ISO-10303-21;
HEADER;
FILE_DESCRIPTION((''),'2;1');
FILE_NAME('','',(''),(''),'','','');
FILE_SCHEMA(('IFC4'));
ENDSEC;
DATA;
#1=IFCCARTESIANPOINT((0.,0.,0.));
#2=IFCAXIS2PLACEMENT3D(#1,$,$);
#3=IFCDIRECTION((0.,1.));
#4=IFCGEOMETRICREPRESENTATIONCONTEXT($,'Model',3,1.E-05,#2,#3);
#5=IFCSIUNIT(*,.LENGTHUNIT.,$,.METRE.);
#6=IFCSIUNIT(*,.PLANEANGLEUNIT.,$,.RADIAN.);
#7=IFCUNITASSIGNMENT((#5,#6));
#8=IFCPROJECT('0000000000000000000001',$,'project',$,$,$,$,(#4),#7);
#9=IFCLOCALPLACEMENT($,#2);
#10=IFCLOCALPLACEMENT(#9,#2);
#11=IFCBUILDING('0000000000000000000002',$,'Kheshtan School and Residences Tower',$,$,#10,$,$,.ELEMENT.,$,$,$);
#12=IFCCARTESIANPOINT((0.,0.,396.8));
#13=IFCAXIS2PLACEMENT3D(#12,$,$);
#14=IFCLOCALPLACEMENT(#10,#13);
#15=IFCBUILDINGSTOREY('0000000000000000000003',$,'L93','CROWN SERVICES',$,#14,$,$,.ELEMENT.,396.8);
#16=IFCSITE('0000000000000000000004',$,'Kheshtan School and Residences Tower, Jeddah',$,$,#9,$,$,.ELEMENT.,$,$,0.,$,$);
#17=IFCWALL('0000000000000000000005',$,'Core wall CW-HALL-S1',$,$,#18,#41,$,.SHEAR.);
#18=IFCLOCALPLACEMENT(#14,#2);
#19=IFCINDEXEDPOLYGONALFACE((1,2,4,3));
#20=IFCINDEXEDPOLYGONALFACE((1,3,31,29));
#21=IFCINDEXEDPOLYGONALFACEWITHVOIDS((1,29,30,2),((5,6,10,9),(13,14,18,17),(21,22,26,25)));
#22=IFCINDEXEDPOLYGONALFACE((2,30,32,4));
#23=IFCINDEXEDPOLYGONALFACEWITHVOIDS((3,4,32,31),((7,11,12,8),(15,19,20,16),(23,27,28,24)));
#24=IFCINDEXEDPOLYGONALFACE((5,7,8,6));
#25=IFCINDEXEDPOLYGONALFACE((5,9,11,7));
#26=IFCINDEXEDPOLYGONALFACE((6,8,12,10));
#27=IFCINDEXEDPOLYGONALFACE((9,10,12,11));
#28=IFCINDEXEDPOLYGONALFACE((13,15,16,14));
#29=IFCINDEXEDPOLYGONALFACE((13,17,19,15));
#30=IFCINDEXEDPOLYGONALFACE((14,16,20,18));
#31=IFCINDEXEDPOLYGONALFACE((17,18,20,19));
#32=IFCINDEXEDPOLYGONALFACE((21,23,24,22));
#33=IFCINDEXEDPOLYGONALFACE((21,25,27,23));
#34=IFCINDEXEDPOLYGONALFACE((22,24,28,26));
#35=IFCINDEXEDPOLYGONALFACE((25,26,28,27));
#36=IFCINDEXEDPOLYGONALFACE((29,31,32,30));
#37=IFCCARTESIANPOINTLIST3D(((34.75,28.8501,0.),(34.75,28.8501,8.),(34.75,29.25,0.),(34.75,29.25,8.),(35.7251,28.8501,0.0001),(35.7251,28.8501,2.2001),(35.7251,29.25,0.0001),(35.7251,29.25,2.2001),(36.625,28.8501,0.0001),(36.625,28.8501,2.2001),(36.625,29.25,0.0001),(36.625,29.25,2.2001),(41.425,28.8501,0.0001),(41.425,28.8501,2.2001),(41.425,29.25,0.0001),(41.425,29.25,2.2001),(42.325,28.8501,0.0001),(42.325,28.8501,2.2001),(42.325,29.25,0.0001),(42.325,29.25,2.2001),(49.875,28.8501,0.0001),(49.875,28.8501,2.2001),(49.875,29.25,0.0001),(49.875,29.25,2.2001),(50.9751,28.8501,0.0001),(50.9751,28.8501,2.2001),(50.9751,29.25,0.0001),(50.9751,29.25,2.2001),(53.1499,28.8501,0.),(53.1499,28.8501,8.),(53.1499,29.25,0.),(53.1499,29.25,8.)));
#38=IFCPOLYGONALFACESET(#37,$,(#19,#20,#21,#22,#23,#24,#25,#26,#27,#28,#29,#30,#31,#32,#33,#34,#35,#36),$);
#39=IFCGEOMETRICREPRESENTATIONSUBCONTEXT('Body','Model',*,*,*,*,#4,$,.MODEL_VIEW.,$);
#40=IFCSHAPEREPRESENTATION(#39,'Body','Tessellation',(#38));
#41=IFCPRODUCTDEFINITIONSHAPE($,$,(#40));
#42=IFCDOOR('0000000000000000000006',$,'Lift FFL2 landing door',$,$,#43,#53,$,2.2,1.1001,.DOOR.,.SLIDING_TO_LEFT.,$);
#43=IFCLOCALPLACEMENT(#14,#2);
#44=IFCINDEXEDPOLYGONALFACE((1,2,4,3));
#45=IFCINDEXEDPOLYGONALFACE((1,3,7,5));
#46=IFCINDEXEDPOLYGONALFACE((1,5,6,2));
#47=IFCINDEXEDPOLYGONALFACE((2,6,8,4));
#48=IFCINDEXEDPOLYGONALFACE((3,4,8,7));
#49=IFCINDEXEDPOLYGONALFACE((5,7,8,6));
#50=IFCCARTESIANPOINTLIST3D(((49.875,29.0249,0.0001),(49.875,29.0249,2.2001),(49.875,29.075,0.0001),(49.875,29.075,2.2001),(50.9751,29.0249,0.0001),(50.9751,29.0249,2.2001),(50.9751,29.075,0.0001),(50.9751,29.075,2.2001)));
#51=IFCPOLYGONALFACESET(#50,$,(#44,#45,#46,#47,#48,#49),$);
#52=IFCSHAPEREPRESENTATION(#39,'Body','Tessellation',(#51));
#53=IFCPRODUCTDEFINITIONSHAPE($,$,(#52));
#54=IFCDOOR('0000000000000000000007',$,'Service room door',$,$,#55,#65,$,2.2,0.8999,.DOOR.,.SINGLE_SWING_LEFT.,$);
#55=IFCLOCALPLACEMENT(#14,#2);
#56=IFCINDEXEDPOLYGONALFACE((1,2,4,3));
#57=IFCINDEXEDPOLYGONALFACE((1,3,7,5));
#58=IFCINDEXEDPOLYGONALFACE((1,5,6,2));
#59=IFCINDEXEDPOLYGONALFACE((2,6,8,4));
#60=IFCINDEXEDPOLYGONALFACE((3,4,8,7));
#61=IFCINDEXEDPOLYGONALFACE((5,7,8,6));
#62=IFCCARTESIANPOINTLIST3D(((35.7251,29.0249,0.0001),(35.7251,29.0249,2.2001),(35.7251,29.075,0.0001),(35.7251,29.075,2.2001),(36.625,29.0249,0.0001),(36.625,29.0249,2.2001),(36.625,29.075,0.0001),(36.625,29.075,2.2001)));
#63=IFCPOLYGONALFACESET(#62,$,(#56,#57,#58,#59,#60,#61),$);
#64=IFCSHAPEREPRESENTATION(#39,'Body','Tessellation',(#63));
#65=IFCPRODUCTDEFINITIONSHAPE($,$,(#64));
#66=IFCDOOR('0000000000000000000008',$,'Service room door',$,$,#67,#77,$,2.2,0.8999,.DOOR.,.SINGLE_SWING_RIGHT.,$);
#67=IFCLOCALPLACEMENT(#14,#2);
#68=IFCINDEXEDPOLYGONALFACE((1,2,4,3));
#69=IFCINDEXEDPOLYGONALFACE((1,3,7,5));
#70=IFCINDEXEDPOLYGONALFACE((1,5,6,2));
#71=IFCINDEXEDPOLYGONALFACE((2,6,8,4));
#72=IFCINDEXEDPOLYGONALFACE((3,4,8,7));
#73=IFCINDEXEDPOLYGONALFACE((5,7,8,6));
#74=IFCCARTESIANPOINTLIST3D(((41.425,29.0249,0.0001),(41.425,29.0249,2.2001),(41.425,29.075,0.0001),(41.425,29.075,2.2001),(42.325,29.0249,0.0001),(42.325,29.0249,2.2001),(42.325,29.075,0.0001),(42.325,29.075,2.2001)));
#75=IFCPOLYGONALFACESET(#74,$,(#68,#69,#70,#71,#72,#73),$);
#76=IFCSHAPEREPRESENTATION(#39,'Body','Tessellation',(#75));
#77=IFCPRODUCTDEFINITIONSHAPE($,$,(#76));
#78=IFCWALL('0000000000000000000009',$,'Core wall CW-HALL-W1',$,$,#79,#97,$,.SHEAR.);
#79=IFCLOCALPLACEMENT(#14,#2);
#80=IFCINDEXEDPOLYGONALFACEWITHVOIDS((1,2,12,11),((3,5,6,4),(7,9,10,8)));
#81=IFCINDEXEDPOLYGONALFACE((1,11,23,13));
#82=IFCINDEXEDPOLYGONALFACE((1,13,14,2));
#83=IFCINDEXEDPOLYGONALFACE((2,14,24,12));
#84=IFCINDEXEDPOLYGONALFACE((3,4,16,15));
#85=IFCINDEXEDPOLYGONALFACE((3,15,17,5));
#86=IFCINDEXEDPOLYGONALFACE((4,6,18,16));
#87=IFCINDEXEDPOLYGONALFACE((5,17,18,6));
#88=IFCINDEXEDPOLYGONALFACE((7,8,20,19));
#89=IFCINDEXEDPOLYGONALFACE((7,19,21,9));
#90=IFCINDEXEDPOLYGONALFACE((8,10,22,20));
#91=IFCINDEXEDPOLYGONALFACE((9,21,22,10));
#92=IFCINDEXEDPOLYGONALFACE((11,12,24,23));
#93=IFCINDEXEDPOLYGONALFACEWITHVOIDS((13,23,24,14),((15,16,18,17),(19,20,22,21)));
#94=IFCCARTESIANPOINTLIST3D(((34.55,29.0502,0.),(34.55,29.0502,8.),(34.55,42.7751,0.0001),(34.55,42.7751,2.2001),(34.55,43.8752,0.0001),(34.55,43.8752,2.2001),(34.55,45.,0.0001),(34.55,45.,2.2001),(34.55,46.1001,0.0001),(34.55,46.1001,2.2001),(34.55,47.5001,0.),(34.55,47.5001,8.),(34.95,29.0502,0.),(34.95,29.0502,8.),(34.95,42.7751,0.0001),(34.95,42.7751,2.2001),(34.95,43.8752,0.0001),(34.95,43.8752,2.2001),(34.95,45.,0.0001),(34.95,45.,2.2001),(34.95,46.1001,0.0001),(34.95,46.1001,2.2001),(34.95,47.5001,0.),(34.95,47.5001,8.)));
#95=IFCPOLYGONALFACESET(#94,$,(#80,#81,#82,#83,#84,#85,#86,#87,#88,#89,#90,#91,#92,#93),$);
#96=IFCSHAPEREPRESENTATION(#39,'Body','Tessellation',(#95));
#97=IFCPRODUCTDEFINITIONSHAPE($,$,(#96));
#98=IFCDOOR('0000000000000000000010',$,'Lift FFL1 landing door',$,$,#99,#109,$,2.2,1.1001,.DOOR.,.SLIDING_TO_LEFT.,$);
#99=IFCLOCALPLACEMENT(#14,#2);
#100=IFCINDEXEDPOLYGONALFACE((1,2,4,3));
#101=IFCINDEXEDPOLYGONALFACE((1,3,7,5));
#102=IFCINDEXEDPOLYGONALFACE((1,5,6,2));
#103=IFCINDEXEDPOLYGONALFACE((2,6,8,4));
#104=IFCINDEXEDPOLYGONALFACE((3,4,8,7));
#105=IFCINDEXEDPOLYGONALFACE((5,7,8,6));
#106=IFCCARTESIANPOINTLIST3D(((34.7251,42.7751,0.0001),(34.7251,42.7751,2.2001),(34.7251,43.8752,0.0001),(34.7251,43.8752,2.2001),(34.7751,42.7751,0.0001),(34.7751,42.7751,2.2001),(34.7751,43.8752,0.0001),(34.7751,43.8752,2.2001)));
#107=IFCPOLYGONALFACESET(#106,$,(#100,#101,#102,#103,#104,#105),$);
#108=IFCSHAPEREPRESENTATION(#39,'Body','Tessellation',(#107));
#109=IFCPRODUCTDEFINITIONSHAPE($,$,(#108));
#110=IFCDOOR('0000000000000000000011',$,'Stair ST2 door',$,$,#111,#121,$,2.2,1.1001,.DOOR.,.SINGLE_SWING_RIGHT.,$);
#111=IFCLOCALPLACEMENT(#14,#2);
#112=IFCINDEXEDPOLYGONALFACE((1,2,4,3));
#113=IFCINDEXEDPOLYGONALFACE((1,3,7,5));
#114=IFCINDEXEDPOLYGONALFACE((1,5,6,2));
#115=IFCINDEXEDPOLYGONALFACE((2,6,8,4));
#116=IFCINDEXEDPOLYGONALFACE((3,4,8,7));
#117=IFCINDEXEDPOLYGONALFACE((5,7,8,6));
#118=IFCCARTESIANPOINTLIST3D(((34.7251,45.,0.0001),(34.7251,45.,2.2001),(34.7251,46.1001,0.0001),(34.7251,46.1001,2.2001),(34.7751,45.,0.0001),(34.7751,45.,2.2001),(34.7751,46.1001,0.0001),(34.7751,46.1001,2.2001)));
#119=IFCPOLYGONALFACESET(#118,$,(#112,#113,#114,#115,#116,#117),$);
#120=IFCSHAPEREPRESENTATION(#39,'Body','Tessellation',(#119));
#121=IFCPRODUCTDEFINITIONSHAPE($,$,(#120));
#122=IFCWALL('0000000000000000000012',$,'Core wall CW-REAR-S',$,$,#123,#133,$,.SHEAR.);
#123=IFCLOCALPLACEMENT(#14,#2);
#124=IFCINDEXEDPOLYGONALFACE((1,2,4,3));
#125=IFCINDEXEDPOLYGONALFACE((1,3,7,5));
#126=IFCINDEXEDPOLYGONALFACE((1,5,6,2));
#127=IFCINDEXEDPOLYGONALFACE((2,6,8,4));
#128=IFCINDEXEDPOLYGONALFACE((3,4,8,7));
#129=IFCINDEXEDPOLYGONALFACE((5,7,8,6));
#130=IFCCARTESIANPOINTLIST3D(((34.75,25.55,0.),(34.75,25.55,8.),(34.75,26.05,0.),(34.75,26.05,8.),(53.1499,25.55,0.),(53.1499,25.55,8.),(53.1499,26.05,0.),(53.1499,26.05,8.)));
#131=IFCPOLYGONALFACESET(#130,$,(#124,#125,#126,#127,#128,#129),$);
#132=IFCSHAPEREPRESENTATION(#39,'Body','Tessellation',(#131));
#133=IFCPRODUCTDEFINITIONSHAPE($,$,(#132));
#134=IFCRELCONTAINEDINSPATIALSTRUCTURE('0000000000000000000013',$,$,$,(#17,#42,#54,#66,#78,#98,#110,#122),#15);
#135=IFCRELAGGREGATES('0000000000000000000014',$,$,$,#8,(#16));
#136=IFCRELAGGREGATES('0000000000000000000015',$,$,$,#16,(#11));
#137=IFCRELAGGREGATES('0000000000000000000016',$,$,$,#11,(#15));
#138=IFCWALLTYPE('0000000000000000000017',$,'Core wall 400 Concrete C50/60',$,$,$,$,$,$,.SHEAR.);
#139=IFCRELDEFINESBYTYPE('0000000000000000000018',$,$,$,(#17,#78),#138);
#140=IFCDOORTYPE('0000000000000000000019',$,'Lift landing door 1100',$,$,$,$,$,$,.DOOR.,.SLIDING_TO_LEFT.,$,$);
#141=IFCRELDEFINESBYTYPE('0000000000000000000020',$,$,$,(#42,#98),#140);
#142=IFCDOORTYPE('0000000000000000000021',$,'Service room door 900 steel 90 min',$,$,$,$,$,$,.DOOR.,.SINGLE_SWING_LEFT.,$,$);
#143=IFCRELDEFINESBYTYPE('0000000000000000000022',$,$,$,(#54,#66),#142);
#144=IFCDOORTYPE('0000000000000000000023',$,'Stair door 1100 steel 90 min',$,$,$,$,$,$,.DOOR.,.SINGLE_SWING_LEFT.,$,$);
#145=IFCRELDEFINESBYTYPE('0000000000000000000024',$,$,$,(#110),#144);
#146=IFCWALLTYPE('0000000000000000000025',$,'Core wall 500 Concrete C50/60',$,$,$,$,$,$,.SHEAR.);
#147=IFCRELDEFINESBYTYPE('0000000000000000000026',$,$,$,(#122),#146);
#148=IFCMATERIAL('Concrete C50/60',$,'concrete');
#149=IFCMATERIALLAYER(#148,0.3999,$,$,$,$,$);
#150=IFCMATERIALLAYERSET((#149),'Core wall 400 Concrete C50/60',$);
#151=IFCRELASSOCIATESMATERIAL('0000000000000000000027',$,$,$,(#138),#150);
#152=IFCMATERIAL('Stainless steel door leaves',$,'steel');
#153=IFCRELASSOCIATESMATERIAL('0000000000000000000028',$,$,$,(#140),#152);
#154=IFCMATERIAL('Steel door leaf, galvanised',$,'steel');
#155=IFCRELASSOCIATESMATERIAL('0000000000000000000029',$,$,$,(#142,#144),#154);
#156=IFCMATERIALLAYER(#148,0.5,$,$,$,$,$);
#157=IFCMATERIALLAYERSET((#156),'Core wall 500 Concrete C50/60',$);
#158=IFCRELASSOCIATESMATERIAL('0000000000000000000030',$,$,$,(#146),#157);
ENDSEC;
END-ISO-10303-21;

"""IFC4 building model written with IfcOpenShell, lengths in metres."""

from ifc_helpers import new_model, si_unit, direction, frame, frame_2d, origin, place, context, subcontext, project, spatial, rectangle, extrude, source, transform, mapped, material, layer, layer_set, type_object, element, fill, save


model = new_model("IFC4")

# Units and contexts
model_context = context("Model", 3, precision=1e-05, world=origin(), true_north=direction((0.0, 1.0)))
body_context = subcontext(model_context, "Body", "Model", "MODEL_VIEW")
ifc_project = project(units=[si_unit("LENGTHUNIT", "METRE"), si_unit("PLANEANGLEUNIT", "RADIAN")], contexts=[model_context])

# Site, building, storey
site_placement = place(None, origin())
site = spatial("IfcSite", under=ifc_project, at=site_placement, Name="Kheshtan School and Residences Tower, Jeddah", CompositionType="ELEMENT", RefElevation=0.0)
building_placement = place(site_placement, origin())
building = spatial("IfcBuilding", under=site, at=building_placement, Name="Kheshtan School and Residences Tower", CompositionType="ELEMENT")
storey_placement = place(building_placement, frame((0.0, 0.0, 396.8)))
storey = spatial("IfcBuildingStorey", under=building, at=storey_placement, Name="L93", Description="CROWN SERVICES", CompositionType="ELEMENT", Elevation=396.8)

# Walls, openings, doors
ifc_material_1 = material(Name="Concrete C50/60", Category="concrete")
ifc_layer_1 = layer(ifc_material_1, 0.3999)
ifc_layer_set_1 = layer_set([ifc_layer_1], Name="Core wall 400 Concrete C50/60")
wall_type_1 = type_object("IfcWallType", Name="Core wall 400 Concrete C50/60", PredefinedType="SHEAR", material=ifc_layer_set_1)
wall_1_placement = place(storey_placement, frame((34.75, 29.05, 0.0), z_axis=(0.0, 0.0, 1.0), x_axis=(1.0, 0.0, 0.0)))
wall_1 = element("IfcWall", 1, at=wall_1_placement, inside=storey, type_object=wall_type_1, Name="Core wall CW-HALL-S1", PredefinedType="SHEAR", context=body_context, shape_type="SweptSolid", body=[
    extrude(rectangle(XDim=18.3999, YDim=0.3999, at=frame_2d((9.2, 0.0))), origin(), (0.0, 0.0, 1.0), 8.0),
])
opening_1_placement = place(wall_1_placement, frame((15.125, 0.0, 0.0)))
opening_1 = element("IfcOpeningElement", 2, at=opening_1_placement, cuts=wall_1, PredefinedType="OPENING", context=body_context, shape_type="SweptSolid", body=[
    extrude(rectangle(XDim=1.1001, YDim=2.2, at=frame_2d((0.55, 1.1001))), frame((0.0, 0.21, 0.0), z_axis=(0.0, -1.0, 0.0), x_axis=(1.0, 0.0, 0.0)), (0.0, 0.0, 1.0), 0.4199),
])
opening_2_placement = place(wall_1_placement, frame((0.9751, 0.0, 0.0)))
opening_2 = element("IfcOpeningElement", 3, at=opening_2_placement, cuts=wall_1, PredefinedType="OPENING", context=body_context, shape_type="SweptSolid", body=[
    extrude(rectangle(XDim=0.8999, YDim=2.2, at=frame_2d((0.45, 1.1001))), frame((0.0, 0.21, 0.0), z_axis=(0.0, -1.0, 0.0), x_axis=(1.0, 0.0, 0.0)), (0.0, 0.0, 1.0), 0.4199),
])
opening_3_placement = place(wall_1_placement, frame((6.675, 0.0, 0.0)))
opening_3 = element("IfcOpeningElement", 4, at=opening_3_placement, cuts=wall_1, PredefinedType="OPENING", context=body_context, shape_type="SweptSolid", body=[
    extrude(rectangle(XDim=0.8999, YDim=2.2, at=frame_2d((0.45, 1.1001))), frame((0.0, 0.21, 0.0), z_axis=(0.0, -1.0, 0.0), x_axis=(1.0, 0.0, 0.0)), (0.0, 0.0, 1.0), 0.4199),
])
ifc_material_2 = material(Name="Stainless steel door leaves", Category="steel")
door_type_1 = type_object("IfcDoorType", Name="Lift landing door 1100", OperationType="SLIDING_TO_LEFT", PredefinedType="DOOR", material=ifc_material_2)
shared_shape_1 = source(origin(), body_context, "Body", "SweptSolid", [
    extrude(rectangle(XDim=1.1001, YDim=2.2, at=frame_2d((0.55, 1.1001))), frame((0.0, 0.0249, 0.0), z_axis=(0.0, -1.0, 0.0), x_axis=(1.0, 0.0, 0.0)), (0.0, 0.0, 1.0), 0.05),
])
door_1_placement = place(opening_1_placement, origin())
door_1 = element("IfcDoor", 5, at=door_1_placement, inside=storey, type_object=door_type_1, Name="Lift FFL2 landing door", OperationType="SLIDING_TO_LEFT", OverallHeight=2.2, OverallWidth=1.1001, PredefinedType="DOOR", context=body_context, shape_type="MappedRepresentation", body=[
    mapped(shared_shape_1, transform((0.0, 0.0, 0.0), x_axis=(1.0, 0.0, 0.0), y_axis=(0.0, 1.0, 0.0), z_axis=(0.0, 0.0, 1.0), scale=1.0)),
])
fill(opening_1, door_1)
ifc_material_3 = material(Name="Steel door leaf, galvanised", Category="steel")
door_type_2 = type_object("IfcDoorType", Name="Service room door 900 steel 90 min", OperationType="SINGLE_SWING_LEFT", PredefinedType="DOOR", material=ifc_material_3)
shared_shape_2 = source(origin(), body_context, "Body", "SweptSolid", [
    extrude(rectangle(XDim=0.8999, YDim=2.2, at=frame_2d((0.45, 1.1001))), frame((0.0, 0.0249, 0.0), z_axis=(0.0, -1.0, 0.0), x_axis=(1.0, 0.0, 0.0)), (0.0, 0.0, 1.0), 0.05),
])
door_2_placement = place(opening_2_placement, origin())
door_2 = element("IfcDoor", 6, at=door_2_placement, inside=storey, type_object=door_type_2, Name="Service room door", OperationType="SINGLE_SWING_LEFT", OverallHeight=2.2, OverallWidth=0.8999, PredefinedType="DOOR", context=body_context, shape_type="MappedRepresentation", body=[
    mapped(shared_shape_2, transform((0.0, 0.0, 0.0), x_axis=(1.0, 0.0, 0.0), y_axis=(0.0, 1.0, 0.0), z_axis=(0.0, 0.0, 1.0), scale=1.0)),
])
fill(opening_2, door_2)
door_3_placement = place(opening_3_placement, origin())
door_3 = element("IfcDoor", 7, at=door_3_placement, inside=storey, type_object=door_type_2, Name="Service room door", OperationType="SINGLE_SWING_RIGHT", OverallHeight=2.2, OverallWidth=0.8999, PredefinedType="DOOR", context=body_context, shape_type="MappedRepresentation", body=[
    mapped(shared_shape_2, transform((0.0, 0.0, 0.0), x_axis=(1.0, 0.0, 0.0), y_axis=(0.0, 1.0, 0.0), z_axis=(0.0, 0.0, 1.0), scale=1.0)),
])
fill(opening_3, door_3)
wall_2_placement = place(storey_placement, frame((34.75, 29.05, 0.0), z_axis=(0.0, 0.0, 1.0), x_axis=(0.0, 1.0, 0.0)))
wall_2 = element("IfcWall", 8, at=wall_2_placement, inside=storey, type_object=wall_type_1, Name="Core wall CW-HALL-W1", PredefinedType="SHEAR", context=body_context, shape_type="SweptSolid", body=[
    extrude(rectangle(XDim=18.45, YDim=0.3999, at=frame_2d((9.2251, 0.0))), origin(), (0.0, 0.0, 1.0), 8.0),
])
opening_4_placement = place(wall_2_placement, frame((13.7251, 0.0, 0.0)))
opening_4 = element("IfcOpeningElement", 9, at=opening_4_placement, cuts=wall_2, PredefinedType="OPENING", context=body_context, shape_type="SweptSolid", body=[
    extrude(rectangle(XDim=1.1001, YDim=2.2, at=frame_2d((0.55, 1.1001))), frame((0.0, 0.21, 0.0), z_axis=(0.0, -1.0, 0.0), x_axis=(1.0, 0.0, 0.0)), (0.0, 0.0, 1.0), 0.4199),
])
opening_5_placement = place(wall_2_placement, frame((15.95, 0.0, 0.0)))
opening_5 = element("IfcOpeningElement", 10, at=opening_5_placement, cuts=wall_2, PredefinedType="OPENING", context=body_context, shape_type="SweptSolid", body=[
    extrude(rectangle(XDim=1.1001, YDim=2.2, at=frame_2d((0.55, 1.1001))), frame((0.0, 0.21, 0.0), z_axis=(0.0, -1.0, 0.0), x_axis=(1.0, 0.0, 0.0)), (0.0, 0.0, 1.0), 0.4199),
])
door_4_placement = place(opening_4_placement, origin())
door_4 = element("IfcDoor", 11, at=door_4_placement, inside=storey, type_object=door_type_1, Name="Lift FFL1 landing door", OperationType="SLIDING_TO_LEFT", OverallHeight=2.2, OverallWidth=1.1001, PredefinedType="DOOR", context=body_context, shape_type="MappedRepresentation", body=[
    mapped(shared_shape_1, transform((0.0, 0.0, 0.0), x_axis=(1.0, 0.0, 0.0), y_axis=(0.0, 1.0, 0.0), z_axis=(0.0, 0.0, 1.0), scale=1.0)),
])
fill(opening_4, door_4)
door_type_3 = type_object("IfcDoorType", Name="Stair door 1100 steel 90 min", OperationType="SINGLE_SWING_LEFT", PredefinedType="DOOR", material=ifc_material_3)
shared_shape_3 = source(origin(), body_context, "Body", "SweptSolid", [
    extrude(rectangle(XDim=1.1001, YDim=2.2, at=frame_2d((0.55, 1.1001))), frame((0.0, 0.0249, 0.0), z_axis=(0.0, -1.0, 0.0), x_axis=(1.0, 0.0, 0.0)), (0.0, 0.0, 1.0), 0.05),
])
door_5_placement = place(opening_5_placement, origin())
door_5 = element("IfcDoor", 12, at=door_5_placement, inside=storey, type_object=door_type_3, Name="Stair ST2 door", OperationType="SINGLE_SWING_RIGHT", OverallHeight=2.2, OverallWidth=1.1001, PredefinedType="DOOR", context=body_context, shape_type="MappedRepresentation", body=[
    mapped(shared_shape_3, transform((0.0, 0.0, 0.0), x_axis=(1.0, 0.0, 0.0), y_axis=(0.0, 1.0, 0.0), z_axis=(0.0, 0.0, 1.0), scale=1.0)),
])
fill(opening_5, door_5)

# Wall
ifc_layer_2 = layer(ifc_material_1, 0.5)
ifc_layer_set_2 = layer_set([ifc_layer_2], Name="Core wall 500 Concrete C50/60")
wall_type_2 = type_object("IfcWallType", Name="Core wall 500 Concrete C50/60", PredefinedType="SHEAR", material=ifc_layer_set_2)
wall_3_placement = place(storey_placement, frame((34.75, 25.8, 0.0), z_axis=(0.0, 0.0, 1.0), x_axis=(1.0, 0.0, 0.0)))
element("IfcWall", 13, at=wall_3_placement, inside=storey, type_object=wall_type_2, Name="Core wall CW-REAR-S", PredefinedType="SHEAR", context=body_context, shape_type="SweptSolid", body=[
    extrude(rectangle(XDim=18.3999, YDim=0.5, at=frame_2d((9.2, 0.0))), origin(), (0.0, 0.0, 1.0), 8.0),
])

save(model, "model.ifc")
